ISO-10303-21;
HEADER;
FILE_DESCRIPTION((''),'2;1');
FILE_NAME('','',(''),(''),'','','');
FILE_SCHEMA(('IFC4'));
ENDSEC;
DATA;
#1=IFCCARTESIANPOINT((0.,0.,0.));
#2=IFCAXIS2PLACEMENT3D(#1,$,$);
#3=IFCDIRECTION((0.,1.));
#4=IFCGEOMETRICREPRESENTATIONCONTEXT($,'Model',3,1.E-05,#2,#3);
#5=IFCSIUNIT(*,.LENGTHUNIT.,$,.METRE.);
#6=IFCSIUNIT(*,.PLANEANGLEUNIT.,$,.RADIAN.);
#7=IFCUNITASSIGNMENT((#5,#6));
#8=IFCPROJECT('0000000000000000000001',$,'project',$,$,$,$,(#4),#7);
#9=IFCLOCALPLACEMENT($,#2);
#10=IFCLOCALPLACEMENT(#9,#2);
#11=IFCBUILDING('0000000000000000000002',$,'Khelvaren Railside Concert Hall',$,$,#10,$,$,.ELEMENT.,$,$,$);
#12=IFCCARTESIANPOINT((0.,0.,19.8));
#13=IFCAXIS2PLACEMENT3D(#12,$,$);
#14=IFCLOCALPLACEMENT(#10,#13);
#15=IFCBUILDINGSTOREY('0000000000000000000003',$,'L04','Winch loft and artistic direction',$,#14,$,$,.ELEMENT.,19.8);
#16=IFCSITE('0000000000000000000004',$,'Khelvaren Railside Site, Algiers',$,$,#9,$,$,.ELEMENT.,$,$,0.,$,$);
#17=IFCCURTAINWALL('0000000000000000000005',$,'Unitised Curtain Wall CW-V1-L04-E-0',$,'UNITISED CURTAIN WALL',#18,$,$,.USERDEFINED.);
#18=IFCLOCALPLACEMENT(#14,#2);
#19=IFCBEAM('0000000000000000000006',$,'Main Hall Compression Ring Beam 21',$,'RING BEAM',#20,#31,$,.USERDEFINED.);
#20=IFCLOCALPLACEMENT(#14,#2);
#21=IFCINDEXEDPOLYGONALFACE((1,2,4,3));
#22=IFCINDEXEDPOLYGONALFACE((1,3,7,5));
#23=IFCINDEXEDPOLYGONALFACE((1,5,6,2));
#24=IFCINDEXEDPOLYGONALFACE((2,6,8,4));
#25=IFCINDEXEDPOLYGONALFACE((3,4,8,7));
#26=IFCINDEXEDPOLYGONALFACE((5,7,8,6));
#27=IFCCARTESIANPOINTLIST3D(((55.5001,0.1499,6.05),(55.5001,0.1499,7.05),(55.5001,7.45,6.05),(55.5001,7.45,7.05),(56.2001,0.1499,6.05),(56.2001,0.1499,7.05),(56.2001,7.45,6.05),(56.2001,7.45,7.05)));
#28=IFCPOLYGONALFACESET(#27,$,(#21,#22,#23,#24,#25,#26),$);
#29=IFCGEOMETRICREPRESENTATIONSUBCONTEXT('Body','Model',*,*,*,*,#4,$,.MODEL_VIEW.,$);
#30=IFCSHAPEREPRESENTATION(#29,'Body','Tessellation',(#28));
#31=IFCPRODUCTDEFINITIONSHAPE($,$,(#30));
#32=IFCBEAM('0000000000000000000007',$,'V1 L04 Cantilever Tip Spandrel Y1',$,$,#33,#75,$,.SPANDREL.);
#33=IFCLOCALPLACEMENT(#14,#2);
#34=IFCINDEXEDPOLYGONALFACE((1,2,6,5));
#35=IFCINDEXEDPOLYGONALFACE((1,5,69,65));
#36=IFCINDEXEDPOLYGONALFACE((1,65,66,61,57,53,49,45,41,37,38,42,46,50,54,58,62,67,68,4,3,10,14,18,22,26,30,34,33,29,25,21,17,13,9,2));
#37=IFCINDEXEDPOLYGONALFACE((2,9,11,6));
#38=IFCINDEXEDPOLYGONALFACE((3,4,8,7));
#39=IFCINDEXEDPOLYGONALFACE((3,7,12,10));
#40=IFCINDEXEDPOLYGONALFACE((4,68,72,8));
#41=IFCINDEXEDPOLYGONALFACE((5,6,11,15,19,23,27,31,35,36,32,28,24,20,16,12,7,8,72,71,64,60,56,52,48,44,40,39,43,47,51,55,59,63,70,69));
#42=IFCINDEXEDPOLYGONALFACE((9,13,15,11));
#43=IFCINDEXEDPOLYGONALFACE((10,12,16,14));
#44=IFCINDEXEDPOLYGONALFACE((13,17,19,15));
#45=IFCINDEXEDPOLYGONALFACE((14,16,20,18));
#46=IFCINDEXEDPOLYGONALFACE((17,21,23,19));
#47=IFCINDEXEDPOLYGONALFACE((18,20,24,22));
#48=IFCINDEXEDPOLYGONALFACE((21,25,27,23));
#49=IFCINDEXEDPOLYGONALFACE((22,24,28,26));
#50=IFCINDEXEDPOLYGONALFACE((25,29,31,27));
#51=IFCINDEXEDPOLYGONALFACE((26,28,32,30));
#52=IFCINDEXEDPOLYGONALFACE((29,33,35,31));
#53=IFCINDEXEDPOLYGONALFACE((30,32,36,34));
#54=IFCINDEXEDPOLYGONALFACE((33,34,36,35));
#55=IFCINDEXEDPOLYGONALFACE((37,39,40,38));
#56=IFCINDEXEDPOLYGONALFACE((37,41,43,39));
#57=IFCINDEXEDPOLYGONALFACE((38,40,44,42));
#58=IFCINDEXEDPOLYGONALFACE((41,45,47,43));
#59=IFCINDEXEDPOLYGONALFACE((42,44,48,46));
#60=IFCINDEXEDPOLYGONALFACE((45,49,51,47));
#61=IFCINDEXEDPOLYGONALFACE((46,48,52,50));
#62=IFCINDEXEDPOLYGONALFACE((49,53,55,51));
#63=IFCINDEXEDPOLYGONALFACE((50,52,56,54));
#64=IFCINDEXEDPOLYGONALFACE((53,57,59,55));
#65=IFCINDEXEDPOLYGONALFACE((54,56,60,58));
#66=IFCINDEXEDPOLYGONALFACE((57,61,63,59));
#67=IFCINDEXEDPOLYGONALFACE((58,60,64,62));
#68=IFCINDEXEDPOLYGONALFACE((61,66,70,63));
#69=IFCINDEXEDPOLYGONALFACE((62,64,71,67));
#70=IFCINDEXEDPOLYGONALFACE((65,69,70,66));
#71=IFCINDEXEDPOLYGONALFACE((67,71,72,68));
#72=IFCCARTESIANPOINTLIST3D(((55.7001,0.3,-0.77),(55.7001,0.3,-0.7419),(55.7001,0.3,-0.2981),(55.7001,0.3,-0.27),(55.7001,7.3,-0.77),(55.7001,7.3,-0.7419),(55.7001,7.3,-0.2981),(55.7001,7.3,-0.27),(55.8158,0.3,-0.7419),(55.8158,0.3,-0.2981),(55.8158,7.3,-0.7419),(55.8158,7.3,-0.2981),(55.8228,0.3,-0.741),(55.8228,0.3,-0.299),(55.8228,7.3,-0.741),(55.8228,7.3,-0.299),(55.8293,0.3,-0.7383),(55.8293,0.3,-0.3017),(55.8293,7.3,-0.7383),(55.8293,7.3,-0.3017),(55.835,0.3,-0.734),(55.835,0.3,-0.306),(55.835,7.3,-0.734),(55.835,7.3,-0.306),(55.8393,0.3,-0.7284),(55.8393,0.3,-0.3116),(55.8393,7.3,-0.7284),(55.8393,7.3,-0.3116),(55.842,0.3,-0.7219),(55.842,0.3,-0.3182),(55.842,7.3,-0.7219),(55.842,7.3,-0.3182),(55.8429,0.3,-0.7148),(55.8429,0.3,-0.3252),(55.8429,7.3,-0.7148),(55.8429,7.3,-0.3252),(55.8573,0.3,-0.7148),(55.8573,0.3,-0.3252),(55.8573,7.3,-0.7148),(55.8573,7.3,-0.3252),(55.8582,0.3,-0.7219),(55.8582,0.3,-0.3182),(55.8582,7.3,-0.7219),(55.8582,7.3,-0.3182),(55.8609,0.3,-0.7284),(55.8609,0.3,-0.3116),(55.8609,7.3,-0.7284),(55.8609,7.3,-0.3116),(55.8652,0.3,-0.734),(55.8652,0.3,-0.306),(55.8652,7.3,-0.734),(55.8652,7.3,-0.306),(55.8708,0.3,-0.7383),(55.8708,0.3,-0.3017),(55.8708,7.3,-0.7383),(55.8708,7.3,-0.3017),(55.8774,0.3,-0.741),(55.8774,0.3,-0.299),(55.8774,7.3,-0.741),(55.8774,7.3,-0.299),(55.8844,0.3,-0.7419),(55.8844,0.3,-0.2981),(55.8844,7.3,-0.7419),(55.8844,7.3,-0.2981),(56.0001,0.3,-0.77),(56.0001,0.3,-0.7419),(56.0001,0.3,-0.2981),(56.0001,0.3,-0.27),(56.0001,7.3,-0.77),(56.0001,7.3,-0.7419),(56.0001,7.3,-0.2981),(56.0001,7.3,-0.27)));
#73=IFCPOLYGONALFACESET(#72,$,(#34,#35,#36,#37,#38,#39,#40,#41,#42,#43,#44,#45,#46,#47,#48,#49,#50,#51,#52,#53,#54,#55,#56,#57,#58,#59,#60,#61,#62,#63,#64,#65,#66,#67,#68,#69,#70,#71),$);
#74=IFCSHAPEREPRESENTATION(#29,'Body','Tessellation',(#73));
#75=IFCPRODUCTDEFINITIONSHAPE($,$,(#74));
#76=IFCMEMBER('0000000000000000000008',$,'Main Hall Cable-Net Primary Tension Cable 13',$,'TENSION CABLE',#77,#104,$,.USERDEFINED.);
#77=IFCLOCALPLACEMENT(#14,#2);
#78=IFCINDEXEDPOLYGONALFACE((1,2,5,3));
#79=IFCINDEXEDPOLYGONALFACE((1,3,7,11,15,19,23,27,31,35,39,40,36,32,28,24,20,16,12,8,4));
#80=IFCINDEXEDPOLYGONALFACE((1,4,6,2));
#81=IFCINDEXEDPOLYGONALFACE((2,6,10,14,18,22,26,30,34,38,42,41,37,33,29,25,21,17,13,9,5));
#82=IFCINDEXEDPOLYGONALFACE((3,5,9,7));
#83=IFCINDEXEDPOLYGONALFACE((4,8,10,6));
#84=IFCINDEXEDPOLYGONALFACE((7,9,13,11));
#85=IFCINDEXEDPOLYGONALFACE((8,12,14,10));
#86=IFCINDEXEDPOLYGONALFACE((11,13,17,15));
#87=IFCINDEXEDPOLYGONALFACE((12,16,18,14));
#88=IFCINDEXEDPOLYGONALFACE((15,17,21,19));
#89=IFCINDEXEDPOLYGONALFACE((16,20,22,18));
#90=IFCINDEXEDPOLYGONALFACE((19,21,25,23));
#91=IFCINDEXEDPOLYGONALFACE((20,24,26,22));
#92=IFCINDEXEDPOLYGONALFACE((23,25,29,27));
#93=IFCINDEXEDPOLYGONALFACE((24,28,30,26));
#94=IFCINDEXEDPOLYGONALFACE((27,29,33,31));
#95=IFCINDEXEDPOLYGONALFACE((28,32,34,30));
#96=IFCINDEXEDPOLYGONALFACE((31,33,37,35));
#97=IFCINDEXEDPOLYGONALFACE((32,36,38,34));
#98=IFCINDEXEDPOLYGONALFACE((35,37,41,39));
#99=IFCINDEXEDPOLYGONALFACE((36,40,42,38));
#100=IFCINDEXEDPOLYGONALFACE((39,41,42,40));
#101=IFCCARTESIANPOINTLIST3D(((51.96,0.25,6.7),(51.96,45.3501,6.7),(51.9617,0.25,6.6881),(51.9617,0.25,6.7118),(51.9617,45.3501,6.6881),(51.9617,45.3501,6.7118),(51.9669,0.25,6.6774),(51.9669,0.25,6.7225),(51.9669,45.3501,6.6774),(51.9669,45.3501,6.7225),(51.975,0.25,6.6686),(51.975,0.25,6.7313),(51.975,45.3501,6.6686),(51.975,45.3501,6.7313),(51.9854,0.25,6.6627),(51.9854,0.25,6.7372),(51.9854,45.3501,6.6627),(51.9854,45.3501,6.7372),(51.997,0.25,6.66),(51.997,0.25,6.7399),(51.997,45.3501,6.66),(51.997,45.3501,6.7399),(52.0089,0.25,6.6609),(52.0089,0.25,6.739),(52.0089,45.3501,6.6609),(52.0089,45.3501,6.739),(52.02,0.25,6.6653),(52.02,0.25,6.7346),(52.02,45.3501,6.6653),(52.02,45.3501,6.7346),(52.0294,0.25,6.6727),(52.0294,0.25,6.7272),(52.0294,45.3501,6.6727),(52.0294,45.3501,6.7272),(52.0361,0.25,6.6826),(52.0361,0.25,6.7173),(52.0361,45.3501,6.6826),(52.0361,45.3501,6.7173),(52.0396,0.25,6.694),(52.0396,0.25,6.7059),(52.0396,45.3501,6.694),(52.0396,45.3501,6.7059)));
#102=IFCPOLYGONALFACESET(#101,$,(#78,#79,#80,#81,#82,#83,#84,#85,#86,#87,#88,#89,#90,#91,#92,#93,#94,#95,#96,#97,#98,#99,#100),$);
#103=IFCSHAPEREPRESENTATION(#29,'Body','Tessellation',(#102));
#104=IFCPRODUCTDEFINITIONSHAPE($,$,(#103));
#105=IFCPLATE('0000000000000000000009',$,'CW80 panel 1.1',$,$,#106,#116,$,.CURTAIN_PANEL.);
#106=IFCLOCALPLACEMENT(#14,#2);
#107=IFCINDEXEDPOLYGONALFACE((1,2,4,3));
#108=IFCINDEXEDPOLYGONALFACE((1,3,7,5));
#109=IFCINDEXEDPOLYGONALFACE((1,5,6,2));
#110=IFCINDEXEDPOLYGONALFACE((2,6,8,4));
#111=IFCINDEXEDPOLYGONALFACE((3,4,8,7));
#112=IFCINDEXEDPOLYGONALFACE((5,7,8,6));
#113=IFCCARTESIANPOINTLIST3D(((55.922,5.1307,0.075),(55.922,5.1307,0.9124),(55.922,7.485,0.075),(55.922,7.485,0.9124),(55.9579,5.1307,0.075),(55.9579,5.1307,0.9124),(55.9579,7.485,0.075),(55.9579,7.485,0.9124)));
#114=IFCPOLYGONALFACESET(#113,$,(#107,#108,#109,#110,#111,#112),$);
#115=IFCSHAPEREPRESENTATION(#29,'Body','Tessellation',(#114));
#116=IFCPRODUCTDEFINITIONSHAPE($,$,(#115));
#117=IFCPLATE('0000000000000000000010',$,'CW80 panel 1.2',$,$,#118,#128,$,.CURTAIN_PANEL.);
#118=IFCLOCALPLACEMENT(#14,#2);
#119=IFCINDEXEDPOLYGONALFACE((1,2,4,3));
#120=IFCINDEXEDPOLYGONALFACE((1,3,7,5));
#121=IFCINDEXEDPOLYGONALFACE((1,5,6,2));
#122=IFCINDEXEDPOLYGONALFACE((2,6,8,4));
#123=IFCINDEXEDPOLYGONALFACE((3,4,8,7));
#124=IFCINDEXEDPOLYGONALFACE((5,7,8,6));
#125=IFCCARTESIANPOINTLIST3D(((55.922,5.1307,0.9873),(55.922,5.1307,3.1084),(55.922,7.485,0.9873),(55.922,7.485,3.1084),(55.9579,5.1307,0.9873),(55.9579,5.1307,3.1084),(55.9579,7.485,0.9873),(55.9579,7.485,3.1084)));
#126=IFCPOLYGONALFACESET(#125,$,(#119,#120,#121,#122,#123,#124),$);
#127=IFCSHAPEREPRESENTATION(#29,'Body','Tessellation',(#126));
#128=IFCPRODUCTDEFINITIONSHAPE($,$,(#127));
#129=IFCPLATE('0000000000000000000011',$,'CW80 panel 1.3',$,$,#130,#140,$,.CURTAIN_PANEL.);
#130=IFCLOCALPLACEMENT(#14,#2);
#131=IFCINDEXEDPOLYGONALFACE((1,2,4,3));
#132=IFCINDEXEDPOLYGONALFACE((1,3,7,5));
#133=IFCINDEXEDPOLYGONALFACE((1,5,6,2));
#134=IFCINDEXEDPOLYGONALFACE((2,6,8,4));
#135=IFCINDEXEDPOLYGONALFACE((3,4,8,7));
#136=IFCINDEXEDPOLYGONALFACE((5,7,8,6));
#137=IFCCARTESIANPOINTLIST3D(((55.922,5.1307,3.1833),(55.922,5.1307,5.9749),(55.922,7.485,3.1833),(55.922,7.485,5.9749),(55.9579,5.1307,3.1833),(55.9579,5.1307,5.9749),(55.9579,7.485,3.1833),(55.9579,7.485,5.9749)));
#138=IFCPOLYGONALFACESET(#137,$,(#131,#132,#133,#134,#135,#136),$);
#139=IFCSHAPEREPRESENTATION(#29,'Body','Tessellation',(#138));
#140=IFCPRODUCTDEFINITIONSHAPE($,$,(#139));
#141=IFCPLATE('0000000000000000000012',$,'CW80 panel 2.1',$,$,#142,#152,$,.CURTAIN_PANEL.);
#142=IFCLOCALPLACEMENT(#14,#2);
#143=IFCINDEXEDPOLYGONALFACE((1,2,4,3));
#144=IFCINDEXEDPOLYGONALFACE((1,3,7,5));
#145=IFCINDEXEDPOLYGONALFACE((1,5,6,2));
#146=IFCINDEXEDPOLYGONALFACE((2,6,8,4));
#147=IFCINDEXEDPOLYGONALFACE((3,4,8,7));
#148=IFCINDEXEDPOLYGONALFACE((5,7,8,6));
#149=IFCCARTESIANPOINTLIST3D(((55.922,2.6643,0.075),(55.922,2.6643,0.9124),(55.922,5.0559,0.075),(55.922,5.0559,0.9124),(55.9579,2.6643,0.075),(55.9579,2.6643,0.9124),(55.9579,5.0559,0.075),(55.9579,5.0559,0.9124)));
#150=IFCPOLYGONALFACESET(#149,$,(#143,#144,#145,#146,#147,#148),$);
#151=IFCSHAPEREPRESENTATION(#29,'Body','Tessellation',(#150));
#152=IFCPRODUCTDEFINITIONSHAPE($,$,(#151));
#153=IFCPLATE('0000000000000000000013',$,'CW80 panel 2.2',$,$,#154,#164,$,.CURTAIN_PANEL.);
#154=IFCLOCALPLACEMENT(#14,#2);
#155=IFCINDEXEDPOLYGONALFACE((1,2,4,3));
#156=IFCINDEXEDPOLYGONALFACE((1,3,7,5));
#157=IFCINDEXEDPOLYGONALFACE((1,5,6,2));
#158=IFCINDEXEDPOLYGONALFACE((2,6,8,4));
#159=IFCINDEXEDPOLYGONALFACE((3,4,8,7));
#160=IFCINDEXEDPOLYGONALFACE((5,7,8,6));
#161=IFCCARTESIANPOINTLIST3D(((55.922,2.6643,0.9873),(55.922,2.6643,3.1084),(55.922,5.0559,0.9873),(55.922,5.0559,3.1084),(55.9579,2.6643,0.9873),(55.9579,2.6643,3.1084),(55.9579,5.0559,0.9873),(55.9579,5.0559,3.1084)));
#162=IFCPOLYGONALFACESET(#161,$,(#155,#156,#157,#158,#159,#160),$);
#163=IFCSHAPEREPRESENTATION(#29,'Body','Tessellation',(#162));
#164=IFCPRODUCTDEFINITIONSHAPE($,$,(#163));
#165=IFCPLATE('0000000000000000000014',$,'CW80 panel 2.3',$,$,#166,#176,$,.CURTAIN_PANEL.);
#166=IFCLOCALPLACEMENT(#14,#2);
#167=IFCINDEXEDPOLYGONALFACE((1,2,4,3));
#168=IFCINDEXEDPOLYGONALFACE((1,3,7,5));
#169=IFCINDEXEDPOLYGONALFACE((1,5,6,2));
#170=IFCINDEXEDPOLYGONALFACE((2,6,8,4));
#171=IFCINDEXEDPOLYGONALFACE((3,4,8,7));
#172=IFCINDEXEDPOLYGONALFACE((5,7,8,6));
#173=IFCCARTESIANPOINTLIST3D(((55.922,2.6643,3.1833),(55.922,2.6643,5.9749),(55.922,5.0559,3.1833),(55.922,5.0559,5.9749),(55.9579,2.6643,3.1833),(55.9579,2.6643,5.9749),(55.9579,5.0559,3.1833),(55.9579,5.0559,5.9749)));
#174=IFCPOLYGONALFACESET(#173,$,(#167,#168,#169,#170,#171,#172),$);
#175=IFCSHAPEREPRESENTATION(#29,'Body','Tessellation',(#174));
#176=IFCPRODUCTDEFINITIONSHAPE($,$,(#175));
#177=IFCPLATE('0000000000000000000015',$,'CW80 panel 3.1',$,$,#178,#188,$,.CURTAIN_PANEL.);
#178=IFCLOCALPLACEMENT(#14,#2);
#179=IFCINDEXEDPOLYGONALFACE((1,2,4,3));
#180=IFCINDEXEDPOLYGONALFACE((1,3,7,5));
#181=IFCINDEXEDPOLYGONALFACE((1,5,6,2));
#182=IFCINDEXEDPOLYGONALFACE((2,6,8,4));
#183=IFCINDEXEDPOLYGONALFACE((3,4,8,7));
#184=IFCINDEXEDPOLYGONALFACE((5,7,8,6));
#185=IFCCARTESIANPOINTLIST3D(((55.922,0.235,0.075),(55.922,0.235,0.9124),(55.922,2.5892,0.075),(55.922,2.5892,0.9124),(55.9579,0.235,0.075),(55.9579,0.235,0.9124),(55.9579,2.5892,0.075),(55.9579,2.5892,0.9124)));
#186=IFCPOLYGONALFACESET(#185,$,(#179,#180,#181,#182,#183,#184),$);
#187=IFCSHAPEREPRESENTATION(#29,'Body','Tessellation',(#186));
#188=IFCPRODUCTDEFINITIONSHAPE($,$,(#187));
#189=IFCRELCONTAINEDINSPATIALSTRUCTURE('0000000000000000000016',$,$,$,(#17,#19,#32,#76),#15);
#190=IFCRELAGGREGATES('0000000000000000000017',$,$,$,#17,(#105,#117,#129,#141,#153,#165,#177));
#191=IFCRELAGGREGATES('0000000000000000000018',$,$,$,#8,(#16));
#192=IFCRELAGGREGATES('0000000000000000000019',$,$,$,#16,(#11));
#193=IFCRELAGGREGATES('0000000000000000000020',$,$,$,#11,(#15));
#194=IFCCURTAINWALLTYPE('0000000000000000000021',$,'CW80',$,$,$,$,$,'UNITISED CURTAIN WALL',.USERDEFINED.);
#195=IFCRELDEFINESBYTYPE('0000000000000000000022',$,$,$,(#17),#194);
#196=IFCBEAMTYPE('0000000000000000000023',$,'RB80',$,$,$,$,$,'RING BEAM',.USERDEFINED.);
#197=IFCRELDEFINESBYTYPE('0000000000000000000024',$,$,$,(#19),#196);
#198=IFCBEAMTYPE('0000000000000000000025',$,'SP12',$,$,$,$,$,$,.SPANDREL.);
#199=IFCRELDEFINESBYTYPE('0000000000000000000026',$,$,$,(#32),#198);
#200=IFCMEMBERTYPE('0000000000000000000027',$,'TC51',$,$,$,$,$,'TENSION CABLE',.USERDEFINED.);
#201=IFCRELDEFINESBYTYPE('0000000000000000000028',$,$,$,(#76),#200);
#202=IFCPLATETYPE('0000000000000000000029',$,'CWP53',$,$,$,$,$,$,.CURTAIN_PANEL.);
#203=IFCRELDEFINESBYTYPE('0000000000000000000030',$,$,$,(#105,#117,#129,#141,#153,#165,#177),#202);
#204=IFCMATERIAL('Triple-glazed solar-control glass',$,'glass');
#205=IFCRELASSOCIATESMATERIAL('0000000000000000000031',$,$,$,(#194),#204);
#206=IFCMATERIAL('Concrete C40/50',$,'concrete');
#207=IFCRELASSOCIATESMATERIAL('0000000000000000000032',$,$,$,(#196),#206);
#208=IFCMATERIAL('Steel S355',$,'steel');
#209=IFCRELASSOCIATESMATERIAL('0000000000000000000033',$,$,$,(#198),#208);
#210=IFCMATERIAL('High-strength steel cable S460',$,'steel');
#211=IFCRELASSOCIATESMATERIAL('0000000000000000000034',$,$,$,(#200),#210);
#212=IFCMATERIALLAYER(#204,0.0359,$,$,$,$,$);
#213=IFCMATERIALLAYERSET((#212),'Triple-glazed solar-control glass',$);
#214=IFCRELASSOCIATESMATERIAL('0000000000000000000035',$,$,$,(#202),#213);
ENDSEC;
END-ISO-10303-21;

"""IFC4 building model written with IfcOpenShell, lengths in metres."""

from ifc_helpers import new_model, si_unit, direction, frame, origin, origin_2d, place, context, subcontext, project, spatial, rectangle, circle, i_section, extrude, material, layer, layer_set, material_profile, profile_set, type_object, element, aggregate, save


model = new_model("IFC4")

# Units and contexts
model_context = context("Model", 3, precision=1e-05, world=origin(), true_north=direction((0.0, 1.0)))
body_context = subcontext(model_context, "Body", "Model", "MODEL_VIEW")
ifc_project = project(units=[si_unit("LENGTHUNIT", "METRE"), si_unit("PLANEANGLEUNIT", "RADIAN")], contexts=[model_context])

# Site, building, storey
site_placement = place(None, origin())
site = spatial("IfcSite", under=ifc_project, at=site_placement, Name="Khelvaren Railside Site, Algiers", CompositionType="ELEMENT", RefElevation=0.0)
building_placement = place(site_placement, origin())
building = spatial("IfcBuilding", under=site, at=building_placement, Name="Khelvaren Railside Concert Hall", CompositionType="ELEMENT")
storey_placement = place(building_placement, frame((0.0, 0.0, 19.8)))
storey = spatial("IfcBuildingStorey", under=building, at=storey_placement, Name="L04", Description="Winch loft and artistic direction", CompositionType="ELEMENT", Elevation=19.8)

# Shared definitions
ifc_material_1 = material(Name="Steel S355", Category="steel")

# Curtain wall
ifc_material_2 = material(Name="Triple-glazed solar-control glass", Category="glass")
curtain_wall_type = type_object("IfcCurtainWallType", Name="CW80", ElementType="UNITISED CURTAIN WALL", PredefinedType="USERDEFINED", material=ifc_material_2)
curtain_wall_placement = place(storey_placement, origin())
curtain_wall = element("IfcCurtainWall", 1, at=curtain_wall_placement, inside=storey, type_object=curtain_wall_type, Name="Unitised Curtain Wall CW-V1-L04-E-0", ObjectType="UNITISED CURTAIN WALL", PredefinedType="USERDEFINED")

# Beams
ifc_material_3 = material(Name="Concrete C40/50", Category="concrete")
ifc_material_profile_1 = material_profile(ifc_material_3, rectangle(XDim=0.7, YDim=1.0, at=origin_2d()), Name="RCB 700x1000")
ifc_profile_set_1 = profile_set([ifc_material_profile_1], Name="Concrete C40/50")
beam_type_1 = type_object("IfcBeamType", Name="RB80", ElementType="RING BEAM", PredefinedType="USERDEFINED", material=ifc_profile_set_1)
beam_1_placement = place(storey_placement, frame((55.8501, 0.1499, 6.55), z_axis=(0.0, 1.0, 0.0), x_axis=(-1.0, 0.0, 0.0)))
element("IfcBeam", 2, at=beam_1_placement, inside=storey, type_object=beam_type_1, Name="Main Hall Compression Ring Beam 21", ObjectType="RING BEAM", PredefinedType="USERDEFINED", context=body_context, shape_type="SweptSolid", body=[
    extrude(rectangle(XDim=0.7, YDim=1.0, at=origin_2d()), origin(), (0.0, 0.0, 1.0), 7.3),
])
ifc_material_profile_2 = material_profile(ifc_material_1, i_section(OverallWidth=0.3, OverallDepth=0.5, WebThickness=0.0144, FlangeThickness=0.0281, FilletRadius=0.0271, at=origin_2d()), Name="HEB 500")
ifc_profile_set_2 = profile_set([ifc_material_profile_2], Name="Steel S355")
beam_type_2 = type_object("IfcBeamType", Name="SP12", PredefinedType="SPANDREL", material=ifc_profile_set_2)
beam_2_placement = place(storey_placement, frame((55.8501, 0.3, -0.52), z_axis=(0.0, 1.0, 0.0), x_axis=(-1.0, 0.0, 0.0)))
element("IfcBeam", 3, at=beam_2_placement, inside=storey, type_object=beam_type_2, Name="V1 L04 Cantilever Tip Spandrel Y1", PredefinedType="SPANDREL", context=body_context, shape_type="SweptSolid", body=[
    extrude(i_section(OverallWidth=0.3, OverallDepth=0.5, WebThickness=0.0144, FlangeThickness=0.0281, FilletRadius=0.0271, at=origin_2d()), origin(), (0.0, 0.0, 1.0), 7.0),
])

# Member
ifc_material_4 = material(Name="High-strength steel cable S460", Category="steel")
ifc_material_profile_3 = material_profile(ifc_material_4, circle(Radius=0.04, at=origin_2d()), Name="LCB D80")
ifc_profile_set_3 = profile_set([ifc_material_profile_3], Name="High-strength steel cable S460")
member_type_1 = type_object("IfcMemberType", Name="TC51", ElementType="TENSION CABLE", PredefinedType="USERDEFINED", material=ifc_profile_set_3)
member_1_placement = place(storey_placement, frame((52.0, 0.25, 6.7), z_axis=(0.0, 1.0, 0.0), x_axis=(-1.0, 0.0, 0.0)))
element("IfcMember", 4, at=member_1_placement, inside=storey, type_object=member_type_1, Name="Main Hall Cable-Net Primary Tension Cable 13", ObjectType="TENSION CABLE", PredefinedType="USERDEFINED", context=body_context, shape_type="SweptSolid", body=[
    extrude(circle(Radius=0.04, at=origin_2d()), origin(), (0.0, 0.0, 1.0), 45.1001),
])

# Plates
ifc_layer_1 = layer(ifc_material_2, 0.0359)
ifc_layer_set_1 = layer_set([ifc_layer_1], Name="Triple-glazed solar-control glass")
plate_type_1 = type_object("IfcPlateType", Name="CWP53", PredefinedType="CURTAIN_PANEL", material=ifc_layer_set_1)
plate_1_placement = place(storey_placement, frame((55.9399, 6.3079, 0.075), z_axis=(0.0, 0.0, 1.0), x_axis=(0.0, -1.0, 0.0)))
plate_1 = element("IfcPlate", 5, at=plate_1_placement, type_object=plate_type_1, Name="CW80 panel 1.1", PredefinedType="CURTAIN_PANEL", context=body_context, shape_type="SweptSolid", body=[
    extrude(rectangle(XDim=2.3542, YDim=0.0359, at=origin_2d()), origin(), (0.0, 0.0, 1.0), 0.8374),
])
plate_2_placement = place(storey_placement, frame((55.9399, 6.3079, 0.9873), z_axis=(0.0, 0.0, 1.0), x_axis=(0.0, -1.0, 0.0)))
plate_2 = element("IfcPlate", 6, at=plate_2_placement, type_object=plate_type_1, Name="CW80 panel 1.2", PredefinedType="CURTAIN_PANEL", context=body_context, shape_type="SweptSolid", body=[
    extrude(rectangle(XDim=2.3542, YDim=0.0359, at=origin_2d()), origin(), (0.0, 0.0, 1.0), 2.1211),
])
plate_3_placement = place(storey_placement, frame((55.9399, 6.3079, 3.1833), z_axis=(0.0, 0.0, 1.0), x_axis=(0.0, -1.0, 0.0)))
plate_3 = element("IfcPlate", 7, at=plate_3_placement, type_object=plate_type_1, Name="CW80 panel 1.3", PredefinedType="CURTAIN_PANEL", context=body_context, shape_type="SweptSolid", body=[
    extrude(rectangle(XDim=2.3542, YDim=0.0359, at=origin_2d()), origin(), (0.0, 0.0, 1.0), 2.7915),
])
plate_4_placement = place(storey_placement, frame((55.9399, 3.8601, 0.075), z_axis=(0.0, 0.0, 1.0), x_axis=(0.0, -1.0, 0.0)))
plate_4 = element("IfcPlate", 8, at=plate_4_placement, type_object=plate_type_1, Name="CW80 panel 2.1", PredefinedType="CURTAIN_PANEL", context=body_context, shape_type="SweptSolid", body=[
    extrude(rectangle(XDim=2.3916, YDim=0.0359, at=origin_2d()), origin(), (0.0, 0.0, 1.0), 0.8374),
])
plate_5_placement = place(storey_placement, frame((55.9399, 3.8601, 0.9873), z_axis=(0.0, 0.0, 1.0), x_axis=(0.0, -1.0, 0.0)))
plate_5 = element("IfcPlate", 9, at=plate_5_placement, type_object=plate_type_1, Name="CW80 panel 2.2", PredefinedType="CURTAIN_PANEL", context=body_context, shape_type="SweptSolid", body=[
    extrude(rectangle(XDim=2.3916, YDim=0.0359, at=origin_2d()), origin(), (0.0, 0.0, 1.0), 2.1211),
])
plate_6_placement = place(storey_placement, frame((55.9399, 3.8601, 3.1833), z_axis=(0.0, 0.0, 1.0), x_axis=(0.0, -1.0, 0.0)))
plate_6 = element("IfcPlate", 10, at=plate_6_placement, type_object=plate_type_1, Name="CW80 panel 2.3", PredefinedType="CURTAIN_PANEL", context=body_context, shape_type="SweptSolid", body=[
    extrude(rectangle(XDim=2.3916, YDim=0.0359, at=origin_2d()), origin(), (0.0, 0.0, 1.0), 2.7915),
])
plate_7_placement = place(storey_placement, frame((55.9399, 1.4121, 0.075), z_axis=(0.0, 0.0, 1.0), x_axis=(0.0, -1.0, 0.0)))
plate_7 = element("IfcPlate", 11, at=plate_7_placement, type_object=plate_type_1, Name="CW80 panel 3.1", PredefinedType="CURTAIN_PANEL", context=body_context, shape_type="SweptSolid", body=[
    extrude(rectangle(XDim=2.3542, YDim=0.0359, at=origin_2d()), origin(), (0.0, 0.0, 1.0), 0.8374),
])
aggregate(curtain_wall, [plate_1, plate_2, plate_3, plate_4, plate_5, plate_6, plate_7])

save(model, "model.ifc")
